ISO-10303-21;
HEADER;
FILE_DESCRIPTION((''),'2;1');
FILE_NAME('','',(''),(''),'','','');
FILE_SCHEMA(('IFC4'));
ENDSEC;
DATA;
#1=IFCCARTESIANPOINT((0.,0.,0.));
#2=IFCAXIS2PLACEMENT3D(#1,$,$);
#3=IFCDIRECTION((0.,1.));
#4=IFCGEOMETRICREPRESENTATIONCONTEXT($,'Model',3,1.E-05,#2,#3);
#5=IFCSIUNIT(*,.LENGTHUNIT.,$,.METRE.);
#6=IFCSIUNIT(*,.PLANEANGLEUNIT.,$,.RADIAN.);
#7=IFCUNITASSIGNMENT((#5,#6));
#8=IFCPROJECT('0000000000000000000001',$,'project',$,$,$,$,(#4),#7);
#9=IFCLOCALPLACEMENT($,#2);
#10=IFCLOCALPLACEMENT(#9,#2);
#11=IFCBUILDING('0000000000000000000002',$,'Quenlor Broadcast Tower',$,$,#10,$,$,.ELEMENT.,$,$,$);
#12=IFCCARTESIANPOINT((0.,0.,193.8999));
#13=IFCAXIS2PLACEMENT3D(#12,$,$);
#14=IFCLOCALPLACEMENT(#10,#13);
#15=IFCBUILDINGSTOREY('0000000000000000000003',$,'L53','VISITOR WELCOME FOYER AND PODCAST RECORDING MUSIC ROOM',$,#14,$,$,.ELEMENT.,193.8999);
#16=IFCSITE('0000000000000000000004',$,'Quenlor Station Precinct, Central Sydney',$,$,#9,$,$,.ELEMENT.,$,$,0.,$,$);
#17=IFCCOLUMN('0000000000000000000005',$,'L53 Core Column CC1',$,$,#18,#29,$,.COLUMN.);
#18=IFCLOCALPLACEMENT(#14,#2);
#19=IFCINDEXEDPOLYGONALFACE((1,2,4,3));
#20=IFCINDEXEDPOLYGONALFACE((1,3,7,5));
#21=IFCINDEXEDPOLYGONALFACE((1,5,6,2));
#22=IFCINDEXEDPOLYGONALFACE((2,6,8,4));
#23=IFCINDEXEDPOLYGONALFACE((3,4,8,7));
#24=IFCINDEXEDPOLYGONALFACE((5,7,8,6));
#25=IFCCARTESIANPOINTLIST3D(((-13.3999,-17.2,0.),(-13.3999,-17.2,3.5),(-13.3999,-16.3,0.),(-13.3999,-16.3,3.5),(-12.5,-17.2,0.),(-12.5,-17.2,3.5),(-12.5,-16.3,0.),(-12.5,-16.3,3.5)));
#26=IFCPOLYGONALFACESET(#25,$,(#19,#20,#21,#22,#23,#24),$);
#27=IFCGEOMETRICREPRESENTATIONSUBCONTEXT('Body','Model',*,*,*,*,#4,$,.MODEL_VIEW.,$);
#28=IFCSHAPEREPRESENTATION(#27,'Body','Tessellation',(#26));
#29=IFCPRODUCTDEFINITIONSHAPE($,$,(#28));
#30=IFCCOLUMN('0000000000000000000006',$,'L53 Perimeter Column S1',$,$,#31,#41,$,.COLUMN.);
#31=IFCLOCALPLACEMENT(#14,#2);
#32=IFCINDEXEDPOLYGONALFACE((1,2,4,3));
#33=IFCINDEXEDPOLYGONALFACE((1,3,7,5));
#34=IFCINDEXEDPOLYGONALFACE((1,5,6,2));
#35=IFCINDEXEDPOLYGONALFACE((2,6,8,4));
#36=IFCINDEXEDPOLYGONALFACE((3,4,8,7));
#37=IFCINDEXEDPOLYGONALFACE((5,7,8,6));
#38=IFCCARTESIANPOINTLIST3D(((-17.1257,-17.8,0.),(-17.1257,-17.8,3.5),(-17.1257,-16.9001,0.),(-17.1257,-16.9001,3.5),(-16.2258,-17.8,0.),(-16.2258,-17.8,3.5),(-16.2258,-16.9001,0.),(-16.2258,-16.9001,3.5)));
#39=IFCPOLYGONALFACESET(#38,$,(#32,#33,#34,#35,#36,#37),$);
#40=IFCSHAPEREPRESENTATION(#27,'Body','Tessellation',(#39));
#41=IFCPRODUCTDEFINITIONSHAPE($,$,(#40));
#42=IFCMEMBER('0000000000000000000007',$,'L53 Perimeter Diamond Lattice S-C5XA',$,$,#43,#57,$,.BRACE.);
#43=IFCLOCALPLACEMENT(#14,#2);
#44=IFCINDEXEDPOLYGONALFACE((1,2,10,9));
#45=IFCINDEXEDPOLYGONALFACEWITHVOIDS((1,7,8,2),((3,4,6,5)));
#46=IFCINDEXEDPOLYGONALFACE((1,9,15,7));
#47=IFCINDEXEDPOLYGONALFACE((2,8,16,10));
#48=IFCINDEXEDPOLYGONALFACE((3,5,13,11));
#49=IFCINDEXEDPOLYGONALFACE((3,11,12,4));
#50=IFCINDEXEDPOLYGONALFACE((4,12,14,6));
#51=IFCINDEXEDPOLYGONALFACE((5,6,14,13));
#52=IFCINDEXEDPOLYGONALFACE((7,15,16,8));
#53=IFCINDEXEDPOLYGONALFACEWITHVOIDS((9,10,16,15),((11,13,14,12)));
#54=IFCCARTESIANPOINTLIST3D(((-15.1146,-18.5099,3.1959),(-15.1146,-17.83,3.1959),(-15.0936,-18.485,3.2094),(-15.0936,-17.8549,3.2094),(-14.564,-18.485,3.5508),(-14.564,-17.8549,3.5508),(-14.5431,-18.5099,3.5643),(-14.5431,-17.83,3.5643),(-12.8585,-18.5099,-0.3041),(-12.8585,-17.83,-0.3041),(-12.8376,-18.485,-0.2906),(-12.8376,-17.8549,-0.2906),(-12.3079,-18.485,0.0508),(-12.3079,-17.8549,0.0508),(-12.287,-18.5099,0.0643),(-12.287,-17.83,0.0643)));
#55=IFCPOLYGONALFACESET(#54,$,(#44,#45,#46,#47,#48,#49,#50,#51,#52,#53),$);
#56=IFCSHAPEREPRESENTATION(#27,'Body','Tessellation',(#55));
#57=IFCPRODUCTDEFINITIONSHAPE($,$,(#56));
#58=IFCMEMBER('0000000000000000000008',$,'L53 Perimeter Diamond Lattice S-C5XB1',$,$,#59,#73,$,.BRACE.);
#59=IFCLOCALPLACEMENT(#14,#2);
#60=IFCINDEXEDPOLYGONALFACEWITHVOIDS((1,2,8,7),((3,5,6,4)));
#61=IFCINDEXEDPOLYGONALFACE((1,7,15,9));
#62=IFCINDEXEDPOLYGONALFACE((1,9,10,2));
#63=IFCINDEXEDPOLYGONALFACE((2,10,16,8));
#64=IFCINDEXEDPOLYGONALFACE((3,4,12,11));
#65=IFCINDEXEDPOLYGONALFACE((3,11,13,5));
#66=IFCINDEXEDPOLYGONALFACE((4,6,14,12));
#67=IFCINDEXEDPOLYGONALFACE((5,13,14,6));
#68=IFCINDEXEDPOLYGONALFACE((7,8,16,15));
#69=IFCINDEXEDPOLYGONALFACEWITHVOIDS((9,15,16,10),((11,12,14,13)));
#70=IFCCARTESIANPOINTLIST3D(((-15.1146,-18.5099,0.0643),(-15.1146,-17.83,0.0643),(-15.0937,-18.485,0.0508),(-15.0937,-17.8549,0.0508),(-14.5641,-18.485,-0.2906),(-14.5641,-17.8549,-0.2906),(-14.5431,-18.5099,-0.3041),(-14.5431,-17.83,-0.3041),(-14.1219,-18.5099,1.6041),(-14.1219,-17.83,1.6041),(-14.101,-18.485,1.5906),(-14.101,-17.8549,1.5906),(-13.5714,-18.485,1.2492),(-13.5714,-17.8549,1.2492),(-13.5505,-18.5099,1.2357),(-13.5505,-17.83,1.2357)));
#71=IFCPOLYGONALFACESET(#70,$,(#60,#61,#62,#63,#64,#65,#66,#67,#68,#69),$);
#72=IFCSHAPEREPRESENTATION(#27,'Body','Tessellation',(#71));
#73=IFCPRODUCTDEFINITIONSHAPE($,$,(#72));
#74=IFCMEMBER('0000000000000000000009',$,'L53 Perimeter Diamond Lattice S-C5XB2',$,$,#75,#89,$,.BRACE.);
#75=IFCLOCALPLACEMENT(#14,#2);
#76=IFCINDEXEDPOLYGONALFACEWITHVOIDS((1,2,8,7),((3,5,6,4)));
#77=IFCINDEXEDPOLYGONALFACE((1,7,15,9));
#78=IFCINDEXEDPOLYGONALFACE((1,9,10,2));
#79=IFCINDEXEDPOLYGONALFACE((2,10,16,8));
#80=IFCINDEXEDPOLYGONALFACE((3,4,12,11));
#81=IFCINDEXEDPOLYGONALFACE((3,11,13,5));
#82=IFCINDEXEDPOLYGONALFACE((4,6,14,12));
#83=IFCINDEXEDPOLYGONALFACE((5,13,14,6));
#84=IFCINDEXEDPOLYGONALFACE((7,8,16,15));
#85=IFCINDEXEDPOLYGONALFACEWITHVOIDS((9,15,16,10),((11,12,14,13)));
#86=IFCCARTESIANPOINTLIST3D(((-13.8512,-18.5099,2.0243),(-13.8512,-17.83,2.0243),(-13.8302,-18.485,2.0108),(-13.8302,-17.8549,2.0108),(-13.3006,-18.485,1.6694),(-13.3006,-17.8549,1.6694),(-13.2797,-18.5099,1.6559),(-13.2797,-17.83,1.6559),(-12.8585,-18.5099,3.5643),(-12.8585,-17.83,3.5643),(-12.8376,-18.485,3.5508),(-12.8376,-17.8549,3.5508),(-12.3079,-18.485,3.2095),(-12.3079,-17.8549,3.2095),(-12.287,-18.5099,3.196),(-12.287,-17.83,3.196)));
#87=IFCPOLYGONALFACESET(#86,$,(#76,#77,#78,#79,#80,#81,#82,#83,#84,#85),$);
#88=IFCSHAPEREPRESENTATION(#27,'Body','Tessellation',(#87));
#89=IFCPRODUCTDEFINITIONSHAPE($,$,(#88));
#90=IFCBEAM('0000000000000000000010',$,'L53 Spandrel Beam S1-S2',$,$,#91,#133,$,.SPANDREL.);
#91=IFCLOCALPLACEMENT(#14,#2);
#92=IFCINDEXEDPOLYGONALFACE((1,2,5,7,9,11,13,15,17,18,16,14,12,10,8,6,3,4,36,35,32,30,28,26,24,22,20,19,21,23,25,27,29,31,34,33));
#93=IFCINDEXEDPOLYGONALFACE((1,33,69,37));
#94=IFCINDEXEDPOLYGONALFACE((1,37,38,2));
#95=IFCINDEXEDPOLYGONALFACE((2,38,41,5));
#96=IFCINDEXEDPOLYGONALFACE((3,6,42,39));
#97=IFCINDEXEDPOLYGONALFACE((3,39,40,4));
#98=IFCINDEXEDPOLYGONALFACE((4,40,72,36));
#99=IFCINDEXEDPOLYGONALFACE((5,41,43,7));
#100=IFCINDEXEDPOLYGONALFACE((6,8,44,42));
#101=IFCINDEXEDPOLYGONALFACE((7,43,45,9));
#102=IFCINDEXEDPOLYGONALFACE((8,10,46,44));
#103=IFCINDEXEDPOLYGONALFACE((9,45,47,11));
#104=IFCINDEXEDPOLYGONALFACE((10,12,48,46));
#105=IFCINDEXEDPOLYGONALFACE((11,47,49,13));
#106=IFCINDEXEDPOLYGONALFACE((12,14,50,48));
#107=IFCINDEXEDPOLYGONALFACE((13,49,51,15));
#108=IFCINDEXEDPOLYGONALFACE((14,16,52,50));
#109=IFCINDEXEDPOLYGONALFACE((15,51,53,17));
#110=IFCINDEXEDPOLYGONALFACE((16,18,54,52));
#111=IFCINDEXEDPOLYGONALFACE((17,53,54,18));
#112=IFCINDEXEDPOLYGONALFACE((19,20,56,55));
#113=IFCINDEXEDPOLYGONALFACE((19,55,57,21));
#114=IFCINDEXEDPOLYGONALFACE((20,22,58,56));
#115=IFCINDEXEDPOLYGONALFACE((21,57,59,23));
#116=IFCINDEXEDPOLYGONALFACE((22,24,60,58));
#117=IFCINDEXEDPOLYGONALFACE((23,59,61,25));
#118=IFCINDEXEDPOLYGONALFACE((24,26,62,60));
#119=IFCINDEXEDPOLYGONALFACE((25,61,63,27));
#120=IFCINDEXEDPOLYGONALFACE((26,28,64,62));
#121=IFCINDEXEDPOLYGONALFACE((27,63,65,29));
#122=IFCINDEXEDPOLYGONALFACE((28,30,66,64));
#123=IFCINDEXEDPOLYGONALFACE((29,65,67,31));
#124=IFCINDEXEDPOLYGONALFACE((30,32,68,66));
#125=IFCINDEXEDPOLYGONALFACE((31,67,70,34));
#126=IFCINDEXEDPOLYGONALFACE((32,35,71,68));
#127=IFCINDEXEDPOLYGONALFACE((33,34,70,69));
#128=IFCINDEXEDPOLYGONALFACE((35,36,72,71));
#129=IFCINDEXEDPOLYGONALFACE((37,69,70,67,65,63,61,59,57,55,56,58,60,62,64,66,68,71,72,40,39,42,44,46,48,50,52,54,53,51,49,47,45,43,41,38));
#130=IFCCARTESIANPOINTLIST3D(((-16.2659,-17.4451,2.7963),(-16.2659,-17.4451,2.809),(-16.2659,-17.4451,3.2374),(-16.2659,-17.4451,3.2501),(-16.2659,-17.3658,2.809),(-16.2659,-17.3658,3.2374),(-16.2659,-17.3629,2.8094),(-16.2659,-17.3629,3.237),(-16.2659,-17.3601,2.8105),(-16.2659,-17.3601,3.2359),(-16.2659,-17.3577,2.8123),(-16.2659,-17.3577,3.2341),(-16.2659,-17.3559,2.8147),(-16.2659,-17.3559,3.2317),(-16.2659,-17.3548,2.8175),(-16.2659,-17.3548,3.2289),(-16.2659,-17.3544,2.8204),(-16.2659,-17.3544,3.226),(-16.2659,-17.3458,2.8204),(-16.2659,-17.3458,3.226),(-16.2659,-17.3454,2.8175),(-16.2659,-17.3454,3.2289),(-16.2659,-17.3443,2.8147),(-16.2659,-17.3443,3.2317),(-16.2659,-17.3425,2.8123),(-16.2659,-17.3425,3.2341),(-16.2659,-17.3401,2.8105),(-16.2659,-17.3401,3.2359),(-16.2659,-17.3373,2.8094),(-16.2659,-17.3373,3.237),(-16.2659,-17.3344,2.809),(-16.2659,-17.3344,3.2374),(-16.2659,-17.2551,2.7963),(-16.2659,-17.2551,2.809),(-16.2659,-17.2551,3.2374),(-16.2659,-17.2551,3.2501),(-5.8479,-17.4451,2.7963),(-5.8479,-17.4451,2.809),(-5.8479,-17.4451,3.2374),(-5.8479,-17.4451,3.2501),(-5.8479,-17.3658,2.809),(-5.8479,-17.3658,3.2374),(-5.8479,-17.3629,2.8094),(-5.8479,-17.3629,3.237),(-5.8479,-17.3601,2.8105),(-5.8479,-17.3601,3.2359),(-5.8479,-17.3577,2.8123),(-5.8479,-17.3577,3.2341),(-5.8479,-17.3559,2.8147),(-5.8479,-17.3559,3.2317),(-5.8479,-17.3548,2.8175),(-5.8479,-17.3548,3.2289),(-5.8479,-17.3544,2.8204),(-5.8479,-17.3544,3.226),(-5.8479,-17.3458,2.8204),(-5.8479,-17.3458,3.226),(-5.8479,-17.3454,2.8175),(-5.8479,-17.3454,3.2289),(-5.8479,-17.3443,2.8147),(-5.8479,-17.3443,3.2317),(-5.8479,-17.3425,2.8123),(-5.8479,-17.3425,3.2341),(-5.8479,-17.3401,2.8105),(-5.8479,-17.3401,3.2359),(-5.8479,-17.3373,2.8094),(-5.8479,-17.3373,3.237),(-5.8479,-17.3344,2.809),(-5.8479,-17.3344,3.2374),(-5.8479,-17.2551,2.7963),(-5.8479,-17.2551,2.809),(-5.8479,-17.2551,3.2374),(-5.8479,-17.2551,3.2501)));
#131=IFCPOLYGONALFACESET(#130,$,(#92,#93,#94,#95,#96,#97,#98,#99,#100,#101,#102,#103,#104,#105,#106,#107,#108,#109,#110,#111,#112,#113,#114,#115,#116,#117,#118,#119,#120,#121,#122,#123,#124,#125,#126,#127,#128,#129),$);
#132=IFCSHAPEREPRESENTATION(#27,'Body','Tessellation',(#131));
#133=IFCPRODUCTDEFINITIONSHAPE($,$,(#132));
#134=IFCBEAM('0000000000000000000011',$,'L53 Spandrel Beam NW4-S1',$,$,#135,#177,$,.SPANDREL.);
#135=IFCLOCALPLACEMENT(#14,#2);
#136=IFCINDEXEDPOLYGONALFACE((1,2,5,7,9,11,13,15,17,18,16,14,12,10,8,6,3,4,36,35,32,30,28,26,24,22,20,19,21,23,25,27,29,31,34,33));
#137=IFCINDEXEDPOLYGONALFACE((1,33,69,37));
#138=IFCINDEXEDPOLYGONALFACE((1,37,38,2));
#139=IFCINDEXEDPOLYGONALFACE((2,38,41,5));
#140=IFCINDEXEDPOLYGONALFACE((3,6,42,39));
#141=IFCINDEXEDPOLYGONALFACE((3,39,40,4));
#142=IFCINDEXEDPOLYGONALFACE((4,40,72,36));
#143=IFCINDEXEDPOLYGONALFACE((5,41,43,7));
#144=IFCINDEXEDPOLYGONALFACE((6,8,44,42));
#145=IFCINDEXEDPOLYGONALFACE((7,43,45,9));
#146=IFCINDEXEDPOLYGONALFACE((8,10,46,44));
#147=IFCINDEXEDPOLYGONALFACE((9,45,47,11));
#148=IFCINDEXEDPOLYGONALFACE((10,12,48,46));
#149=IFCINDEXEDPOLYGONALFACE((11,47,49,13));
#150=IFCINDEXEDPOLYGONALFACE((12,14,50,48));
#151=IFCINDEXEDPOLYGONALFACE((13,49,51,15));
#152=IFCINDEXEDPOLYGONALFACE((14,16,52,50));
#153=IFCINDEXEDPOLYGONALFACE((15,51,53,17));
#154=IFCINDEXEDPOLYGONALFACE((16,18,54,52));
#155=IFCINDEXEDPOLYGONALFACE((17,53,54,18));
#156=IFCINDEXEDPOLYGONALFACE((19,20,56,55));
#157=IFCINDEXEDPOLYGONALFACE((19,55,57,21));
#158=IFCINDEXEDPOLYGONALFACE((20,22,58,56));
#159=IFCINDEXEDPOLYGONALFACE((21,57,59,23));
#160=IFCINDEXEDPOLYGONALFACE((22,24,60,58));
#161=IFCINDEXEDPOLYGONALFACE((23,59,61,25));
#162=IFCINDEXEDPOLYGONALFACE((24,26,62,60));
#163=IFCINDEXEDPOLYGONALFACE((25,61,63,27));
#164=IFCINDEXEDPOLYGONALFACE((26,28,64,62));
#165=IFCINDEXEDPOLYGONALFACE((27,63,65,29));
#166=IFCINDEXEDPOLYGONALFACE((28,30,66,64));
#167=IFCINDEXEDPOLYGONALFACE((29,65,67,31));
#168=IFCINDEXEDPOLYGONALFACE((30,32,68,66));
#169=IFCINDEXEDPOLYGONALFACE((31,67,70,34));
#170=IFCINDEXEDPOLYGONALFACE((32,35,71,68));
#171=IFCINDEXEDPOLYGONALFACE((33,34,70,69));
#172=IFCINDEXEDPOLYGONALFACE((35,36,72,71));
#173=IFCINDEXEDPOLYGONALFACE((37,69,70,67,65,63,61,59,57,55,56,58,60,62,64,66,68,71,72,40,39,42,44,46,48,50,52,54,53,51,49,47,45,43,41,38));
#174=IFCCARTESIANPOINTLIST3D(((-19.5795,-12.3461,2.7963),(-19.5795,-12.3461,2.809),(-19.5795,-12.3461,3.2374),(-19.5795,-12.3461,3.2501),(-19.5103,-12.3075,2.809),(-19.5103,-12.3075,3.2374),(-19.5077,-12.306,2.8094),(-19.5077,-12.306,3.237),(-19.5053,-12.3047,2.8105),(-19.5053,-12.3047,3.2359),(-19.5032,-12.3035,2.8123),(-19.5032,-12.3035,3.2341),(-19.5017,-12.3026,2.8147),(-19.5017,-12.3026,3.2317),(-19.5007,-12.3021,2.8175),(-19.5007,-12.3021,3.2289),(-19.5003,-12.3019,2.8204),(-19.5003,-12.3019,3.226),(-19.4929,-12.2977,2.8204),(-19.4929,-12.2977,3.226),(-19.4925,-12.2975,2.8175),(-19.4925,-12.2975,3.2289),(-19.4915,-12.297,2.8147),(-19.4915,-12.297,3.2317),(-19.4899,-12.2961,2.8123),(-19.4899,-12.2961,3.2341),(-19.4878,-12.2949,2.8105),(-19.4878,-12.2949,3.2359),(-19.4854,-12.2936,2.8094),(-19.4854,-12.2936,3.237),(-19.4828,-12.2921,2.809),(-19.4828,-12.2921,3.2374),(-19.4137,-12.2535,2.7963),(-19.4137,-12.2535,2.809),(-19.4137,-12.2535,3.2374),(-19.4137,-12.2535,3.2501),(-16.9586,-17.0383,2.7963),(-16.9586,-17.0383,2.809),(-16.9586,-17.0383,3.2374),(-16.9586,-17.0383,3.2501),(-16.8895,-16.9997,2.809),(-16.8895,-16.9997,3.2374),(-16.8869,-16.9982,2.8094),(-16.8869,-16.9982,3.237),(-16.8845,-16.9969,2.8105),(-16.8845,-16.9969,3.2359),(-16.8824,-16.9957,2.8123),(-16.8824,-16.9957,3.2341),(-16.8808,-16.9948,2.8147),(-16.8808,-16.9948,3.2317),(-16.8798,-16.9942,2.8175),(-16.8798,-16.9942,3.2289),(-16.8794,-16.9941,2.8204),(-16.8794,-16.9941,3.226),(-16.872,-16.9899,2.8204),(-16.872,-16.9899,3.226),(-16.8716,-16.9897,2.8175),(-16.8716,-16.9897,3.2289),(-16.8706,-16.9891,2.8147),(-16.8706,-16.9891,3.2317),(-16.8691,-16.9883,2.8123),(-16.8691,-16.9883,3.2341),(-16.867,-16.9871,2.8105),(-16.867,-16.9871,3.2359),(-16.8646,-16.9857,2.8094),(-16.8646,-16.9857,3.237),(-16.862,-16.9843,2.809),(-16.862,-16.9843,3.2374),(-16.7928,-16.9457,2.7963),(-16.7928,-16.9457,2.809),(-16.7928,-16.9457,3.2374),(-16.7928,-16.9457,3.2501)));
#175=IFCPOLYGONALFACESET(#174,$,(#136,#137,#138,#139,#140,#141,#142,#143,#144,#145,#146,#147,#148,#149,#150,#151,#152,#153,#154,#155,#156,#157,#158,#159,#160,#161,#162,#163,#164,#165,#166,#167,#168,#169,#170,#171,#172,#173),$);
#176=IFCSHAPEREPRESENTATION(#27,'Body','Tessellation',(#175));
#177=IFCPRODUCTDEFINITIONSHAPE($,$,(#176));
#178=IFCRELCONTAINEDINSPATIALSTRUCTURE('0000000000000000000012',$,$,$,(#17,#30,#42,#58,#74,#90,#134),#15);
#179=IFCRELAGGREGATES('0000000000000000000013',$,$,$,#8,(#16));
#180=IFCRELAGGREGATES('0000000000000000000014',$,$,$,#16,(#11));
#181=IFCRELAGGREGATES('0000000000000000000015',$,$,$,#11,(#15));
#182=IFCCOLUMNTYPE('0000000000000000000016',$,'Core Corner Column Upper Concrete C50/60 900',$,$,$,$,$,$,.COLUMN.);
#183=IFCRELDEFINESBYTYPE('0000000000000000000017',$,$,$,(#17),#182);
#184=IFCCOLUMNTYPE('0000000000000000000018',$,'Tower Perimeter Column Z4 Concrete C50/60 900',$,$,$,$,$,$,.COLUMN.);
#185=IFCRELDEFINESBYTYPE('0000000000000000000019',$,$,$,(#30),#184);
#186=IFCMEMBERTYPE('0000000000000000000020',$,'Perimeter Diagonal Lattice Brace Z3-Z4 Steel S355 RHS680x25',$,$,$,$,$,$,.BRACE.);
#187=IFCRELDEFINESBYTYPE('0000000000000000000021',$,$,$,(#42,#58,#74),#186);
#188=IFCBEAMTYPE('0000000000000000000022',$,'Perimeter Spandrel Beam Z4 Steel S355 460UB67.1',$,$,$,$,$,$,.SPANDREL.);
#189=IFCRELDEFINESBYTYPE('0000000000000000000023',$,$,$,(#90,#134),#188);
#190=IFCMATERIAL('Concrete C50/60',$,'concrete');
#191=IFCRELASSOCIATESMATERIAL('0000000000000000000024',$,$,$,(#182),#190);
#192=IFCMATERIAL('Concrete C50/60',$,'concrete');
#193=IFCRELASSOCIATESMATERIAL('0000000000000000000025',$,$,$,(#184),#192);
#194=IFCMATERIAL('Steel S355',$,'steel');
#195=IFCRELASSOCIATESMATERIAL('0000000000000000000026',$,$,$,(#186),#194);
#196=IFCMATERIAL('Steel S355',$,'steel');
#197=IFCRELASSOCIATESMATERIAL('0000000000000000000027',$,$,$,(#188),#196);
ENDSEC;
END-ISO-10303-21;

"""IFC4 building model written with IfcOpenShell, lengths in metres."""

from ifc_helpers import new_model, si_unit, direction, frame, origin, origin_2d, place, context, subcontext, project, spatial, rectangle, hollow_rectangle, i_section, extrude, material, material_profile, profile_set, type_object, element, save


model = new_model("IFC4")

# Units and contexts
model_context = context("Model", 3, precision=1e-05, world=origin(), true_north=direction((0.0, 1.0)))
body_context = subcontext(model_context, "Body", "Model", "MODEL_VIEW")
ifc_project = project(units=[si_unit("LENGTHUNIT", "METRE"), si_unit("PLANEANGLEUNIT", "RADIAN")], contexts=[model_context])

# Site, building, storey
site_placement = place(None, origin())
site = spatial("IfcSite", under=ifc_project, at=site_placement, Name="Quenlor Station Precinct, Central Sydney", CompositionType="ELEMENT", RefElevation=0.0)
building_placement = place(site_placement, origin())
building = spatial("IfcBuilding", under=site, at=building_placement, Name="Quenlor Broadcast Tower", CompositionType="ELEMENT")
storey_placement = place(building_placement, frame((0.0, 0.0, 193.8999)))
storey = spatial("IfcBuildingStorey", under=building, at=storey_placement, Name="L53", Description="VISITOR WELCOME FOYER AND PODCAST RECORDING MUSIC ROOM", CompositionType="ELEMENT", Elevation=193.8999)

# Columns
ifc_material_1 = material(Name="Concrete C50/60", Category="concrete")
ifc_material_profile_1 = material_profile(ifc_material_1, rectangle(XDim=0.8999, YDim=0.8999, at=origin_2d()))
ifc_profile_set_1 = profile_set([ifc_material_profile_1], Name="Concrete C50/60 RC900x900")
column_type_1 = type_object("IfcColumnType", Name="Core Corner Column Upper Concrete C50/60 900", PredefinedType="COLUMN", material=ifc_profile_set_1)
column_1_placement = place(storey_placement, frame((-12.95, -16.75, 0.0), z_axis=(0.0, 0.0, 1.0), x_axis=(1.0, 0.0, 0.0)))
element("IfcColumn", 1, at=column_1_placement, inside=storey, type_object=column_type_1, Name="L53 Core Column CC1", PredefinedType="COLUMN", context=body_context, shape_type="SweptSolid", body=[
    extrude(rectangle(XDim=0.8999, YDim=0.8999, at=origin_2d()), origin(), (0.0, 0.0, 1.0), 3.5),
])
ifc_material_2 = material(Name="Concrete C50/60", Category="concrete")
ifc_material_profile_2 = material_profile(ifc_material_2, rectangle(XDim=0.8999, YDim=0.8999, at=origin_2d()))
ifc_profile_set_2 = profile_set([ifc_material_profile_2], Name="Concrete C50/60 RC900x900")
column_type_2 = type_object("IfcColumnType", Name="Tower Perimeter Column Z4 Concrete C50/60 900", PredefinedType="COLUMN", material=ifc_profile_set_2)
column_2_placement = place(storey_placement, frame((-16.6758, -17.3501, 0.0), z_axis=(0.0, 0.0, 1.0), x_axis=(0.0, 1.0, 0.0)))
element("IfcColumn", 2, at=column_2_placement, inside=storey, type_object=column_type_2, Name="L53 Perimeter Column S1", PredefinedType="COLUMN", context=body_context, shape_type="SweptSolid", body=[
    extrude(rectangle(XDim=0.8999, YDim=0.8999, at=origin_2d()), origin(), (0.0, 0.0, 1.0), 3.5),
])

# Members
ifc_material_3 = material(Name="Steel S355", Category="steel")
ifc_material_profile_3 = material_profile(ifc_material_3, hollow_rectangle(XDim=0.6799, YDim=0.6799, WallThickness=0.0249, at=origin_2d()))
ifc_profile_set_3 = profile_set([ifc_material_profile_3], Name="Steel S355 RHS680x680x25")
member_type = type_object("IfcMemberType", Name="Perimeter Diagonal Lattice Brace Z3-Z4 Steel S355 RHS680x25", PredefinedType="BRACE", material=ifc_profile_set_3)
member_1_placement = place(storey_placement, frame((-12.5728, -18.1699, -0.1199), z_axis=(-0.541794, 0.0, 0.840511), x_axis=(0.0, -1.0, 0.0)))
element("IfcMember", 3, at=member_1_placement, inside=storey, type_object=member_type, Name="L53 Perimeter Diamond Lattice S-C5XA", PredefinedType="BRACE", context=body_context, shape_type="SweptSolid", body=[
    extrude(hollow_rectangle(XDim=0.6799, YDim=0.6799, WallThickness=0.0249, at=origin_2d()), origin(), (0.0, 0.0, 1.0), 4.1641),
])
member_2_placement = place(storey_placement, frame((-14.8289, -18.1699, -0.1199), z_axis=(0.541842, 0.0, 0.840481), x_axis=(0.0, 1.0, 0.0)))
element("IfcMember", 4, at=member_2_placement, inside=storey, type_object=member_type, Name="L53 Perimeter Diamond Lattice S-C5XB1", PredefinedType="BRACE", context=body_context, shape_type="SweptSolid", body=[
    extrude(hollow_rectangle(XDim=0.6799, YDim=0.6799, WallThickness=0.0249, at=origin_2d()), origin(), (0.0, 0.0, 1.0), 1.832),
])
member_3_placement = place(storey_placement, frame((-13.5654, -18.1699, 1.8401), z_axis=(0.541781, 0.0, 0.84052), x_axis=(0.0, 1.0, 0.0)))
element("IfcMember", 5, at=member_3_placement, inside=storey, type_object=member_type, Name="L53 Perimeter Diamond Lattice S-C5XB2", PredefinedType="BRACE", context=body_context, shape_type="SweptSolid", body=[
    extrude(hollow_rectangle(XDim=0.6799, YDim=0.6799, WallThickness=0.0249, at=origin_2d()), origin(), (0.0, 0.0, 1.0), 1.8323),
])

# Beams
ifc_material_4 = material(Name="Steel S355", Category="steel")
ifc_material_profile_4 = material_profile(ifc_material_4, i_section(OverallWidth=0.1899, OverallDepth=0.4539, WebThickness=0.0085, FlangeThickness=0.0127, FilletRadius=0.0115, at=origin_2d()))
ifc_profile_set_4 = profile_set([ifc_material_profile_4], Name="Steel S355 460UB67.1")
beam_type_1 = type_object("IfcBeamType", Name="Perimeter Spandrel Beam Z4 Steel S355 460UB67.1", PredefinedType="SPANDREL", material=ifc_profile_set_4)
beam_1_placement = place(storey_placement, frame((-16.2659, -17.3501, 3.0232), z_axis=(1.0, 0.0, 0.0), x_axis=(0.0, 1.0, 0.0)))
element("IfcBeam", 6, at=beam_1_placement, inside=storey, type_object=beam_type_1, Name="L53 Spandrel Beam S1-S2", PredefinedType="SPANDREL", context=body_context, shape_type="SweptSolid", body=[
    extrude(i_section(OverallWidth=0.1899, OverallDepth=0.4539, WebThickness=0.0085, FlangeThickness=0.0127, FilletRadius=0.0115, at=origin_2d()), origin(), (0.0, 0.0, 1.0), 10.418),
])
beam_2_placement = place(storey_placement, frame((-19.4966, -12.2998, 3.0232), z_axis=(0.487647, -0.873041, 0.0), x_axis=(0.873041, 0.487647, 0.0)))
element("IfcBeam", 7, at=beam_2_placement, inside=storey, type_object=beam_type_1, Name="L53 Spandrel Beam NW4-S1", PredefinedType="SPANDREL", context=body_context, shape_type="SweptSolid", body=[
    extrude(i_section(OverallWidth=0.1899, OverallDepth=0.4539, WebThickness=0.0085, FlangeThickness=0.0127, FilletRadius=0.0115, at=origin_2d()), origin(), (0.0, 0.0, 1.0), 5.3745),
])

save(model, "model.ifc")
